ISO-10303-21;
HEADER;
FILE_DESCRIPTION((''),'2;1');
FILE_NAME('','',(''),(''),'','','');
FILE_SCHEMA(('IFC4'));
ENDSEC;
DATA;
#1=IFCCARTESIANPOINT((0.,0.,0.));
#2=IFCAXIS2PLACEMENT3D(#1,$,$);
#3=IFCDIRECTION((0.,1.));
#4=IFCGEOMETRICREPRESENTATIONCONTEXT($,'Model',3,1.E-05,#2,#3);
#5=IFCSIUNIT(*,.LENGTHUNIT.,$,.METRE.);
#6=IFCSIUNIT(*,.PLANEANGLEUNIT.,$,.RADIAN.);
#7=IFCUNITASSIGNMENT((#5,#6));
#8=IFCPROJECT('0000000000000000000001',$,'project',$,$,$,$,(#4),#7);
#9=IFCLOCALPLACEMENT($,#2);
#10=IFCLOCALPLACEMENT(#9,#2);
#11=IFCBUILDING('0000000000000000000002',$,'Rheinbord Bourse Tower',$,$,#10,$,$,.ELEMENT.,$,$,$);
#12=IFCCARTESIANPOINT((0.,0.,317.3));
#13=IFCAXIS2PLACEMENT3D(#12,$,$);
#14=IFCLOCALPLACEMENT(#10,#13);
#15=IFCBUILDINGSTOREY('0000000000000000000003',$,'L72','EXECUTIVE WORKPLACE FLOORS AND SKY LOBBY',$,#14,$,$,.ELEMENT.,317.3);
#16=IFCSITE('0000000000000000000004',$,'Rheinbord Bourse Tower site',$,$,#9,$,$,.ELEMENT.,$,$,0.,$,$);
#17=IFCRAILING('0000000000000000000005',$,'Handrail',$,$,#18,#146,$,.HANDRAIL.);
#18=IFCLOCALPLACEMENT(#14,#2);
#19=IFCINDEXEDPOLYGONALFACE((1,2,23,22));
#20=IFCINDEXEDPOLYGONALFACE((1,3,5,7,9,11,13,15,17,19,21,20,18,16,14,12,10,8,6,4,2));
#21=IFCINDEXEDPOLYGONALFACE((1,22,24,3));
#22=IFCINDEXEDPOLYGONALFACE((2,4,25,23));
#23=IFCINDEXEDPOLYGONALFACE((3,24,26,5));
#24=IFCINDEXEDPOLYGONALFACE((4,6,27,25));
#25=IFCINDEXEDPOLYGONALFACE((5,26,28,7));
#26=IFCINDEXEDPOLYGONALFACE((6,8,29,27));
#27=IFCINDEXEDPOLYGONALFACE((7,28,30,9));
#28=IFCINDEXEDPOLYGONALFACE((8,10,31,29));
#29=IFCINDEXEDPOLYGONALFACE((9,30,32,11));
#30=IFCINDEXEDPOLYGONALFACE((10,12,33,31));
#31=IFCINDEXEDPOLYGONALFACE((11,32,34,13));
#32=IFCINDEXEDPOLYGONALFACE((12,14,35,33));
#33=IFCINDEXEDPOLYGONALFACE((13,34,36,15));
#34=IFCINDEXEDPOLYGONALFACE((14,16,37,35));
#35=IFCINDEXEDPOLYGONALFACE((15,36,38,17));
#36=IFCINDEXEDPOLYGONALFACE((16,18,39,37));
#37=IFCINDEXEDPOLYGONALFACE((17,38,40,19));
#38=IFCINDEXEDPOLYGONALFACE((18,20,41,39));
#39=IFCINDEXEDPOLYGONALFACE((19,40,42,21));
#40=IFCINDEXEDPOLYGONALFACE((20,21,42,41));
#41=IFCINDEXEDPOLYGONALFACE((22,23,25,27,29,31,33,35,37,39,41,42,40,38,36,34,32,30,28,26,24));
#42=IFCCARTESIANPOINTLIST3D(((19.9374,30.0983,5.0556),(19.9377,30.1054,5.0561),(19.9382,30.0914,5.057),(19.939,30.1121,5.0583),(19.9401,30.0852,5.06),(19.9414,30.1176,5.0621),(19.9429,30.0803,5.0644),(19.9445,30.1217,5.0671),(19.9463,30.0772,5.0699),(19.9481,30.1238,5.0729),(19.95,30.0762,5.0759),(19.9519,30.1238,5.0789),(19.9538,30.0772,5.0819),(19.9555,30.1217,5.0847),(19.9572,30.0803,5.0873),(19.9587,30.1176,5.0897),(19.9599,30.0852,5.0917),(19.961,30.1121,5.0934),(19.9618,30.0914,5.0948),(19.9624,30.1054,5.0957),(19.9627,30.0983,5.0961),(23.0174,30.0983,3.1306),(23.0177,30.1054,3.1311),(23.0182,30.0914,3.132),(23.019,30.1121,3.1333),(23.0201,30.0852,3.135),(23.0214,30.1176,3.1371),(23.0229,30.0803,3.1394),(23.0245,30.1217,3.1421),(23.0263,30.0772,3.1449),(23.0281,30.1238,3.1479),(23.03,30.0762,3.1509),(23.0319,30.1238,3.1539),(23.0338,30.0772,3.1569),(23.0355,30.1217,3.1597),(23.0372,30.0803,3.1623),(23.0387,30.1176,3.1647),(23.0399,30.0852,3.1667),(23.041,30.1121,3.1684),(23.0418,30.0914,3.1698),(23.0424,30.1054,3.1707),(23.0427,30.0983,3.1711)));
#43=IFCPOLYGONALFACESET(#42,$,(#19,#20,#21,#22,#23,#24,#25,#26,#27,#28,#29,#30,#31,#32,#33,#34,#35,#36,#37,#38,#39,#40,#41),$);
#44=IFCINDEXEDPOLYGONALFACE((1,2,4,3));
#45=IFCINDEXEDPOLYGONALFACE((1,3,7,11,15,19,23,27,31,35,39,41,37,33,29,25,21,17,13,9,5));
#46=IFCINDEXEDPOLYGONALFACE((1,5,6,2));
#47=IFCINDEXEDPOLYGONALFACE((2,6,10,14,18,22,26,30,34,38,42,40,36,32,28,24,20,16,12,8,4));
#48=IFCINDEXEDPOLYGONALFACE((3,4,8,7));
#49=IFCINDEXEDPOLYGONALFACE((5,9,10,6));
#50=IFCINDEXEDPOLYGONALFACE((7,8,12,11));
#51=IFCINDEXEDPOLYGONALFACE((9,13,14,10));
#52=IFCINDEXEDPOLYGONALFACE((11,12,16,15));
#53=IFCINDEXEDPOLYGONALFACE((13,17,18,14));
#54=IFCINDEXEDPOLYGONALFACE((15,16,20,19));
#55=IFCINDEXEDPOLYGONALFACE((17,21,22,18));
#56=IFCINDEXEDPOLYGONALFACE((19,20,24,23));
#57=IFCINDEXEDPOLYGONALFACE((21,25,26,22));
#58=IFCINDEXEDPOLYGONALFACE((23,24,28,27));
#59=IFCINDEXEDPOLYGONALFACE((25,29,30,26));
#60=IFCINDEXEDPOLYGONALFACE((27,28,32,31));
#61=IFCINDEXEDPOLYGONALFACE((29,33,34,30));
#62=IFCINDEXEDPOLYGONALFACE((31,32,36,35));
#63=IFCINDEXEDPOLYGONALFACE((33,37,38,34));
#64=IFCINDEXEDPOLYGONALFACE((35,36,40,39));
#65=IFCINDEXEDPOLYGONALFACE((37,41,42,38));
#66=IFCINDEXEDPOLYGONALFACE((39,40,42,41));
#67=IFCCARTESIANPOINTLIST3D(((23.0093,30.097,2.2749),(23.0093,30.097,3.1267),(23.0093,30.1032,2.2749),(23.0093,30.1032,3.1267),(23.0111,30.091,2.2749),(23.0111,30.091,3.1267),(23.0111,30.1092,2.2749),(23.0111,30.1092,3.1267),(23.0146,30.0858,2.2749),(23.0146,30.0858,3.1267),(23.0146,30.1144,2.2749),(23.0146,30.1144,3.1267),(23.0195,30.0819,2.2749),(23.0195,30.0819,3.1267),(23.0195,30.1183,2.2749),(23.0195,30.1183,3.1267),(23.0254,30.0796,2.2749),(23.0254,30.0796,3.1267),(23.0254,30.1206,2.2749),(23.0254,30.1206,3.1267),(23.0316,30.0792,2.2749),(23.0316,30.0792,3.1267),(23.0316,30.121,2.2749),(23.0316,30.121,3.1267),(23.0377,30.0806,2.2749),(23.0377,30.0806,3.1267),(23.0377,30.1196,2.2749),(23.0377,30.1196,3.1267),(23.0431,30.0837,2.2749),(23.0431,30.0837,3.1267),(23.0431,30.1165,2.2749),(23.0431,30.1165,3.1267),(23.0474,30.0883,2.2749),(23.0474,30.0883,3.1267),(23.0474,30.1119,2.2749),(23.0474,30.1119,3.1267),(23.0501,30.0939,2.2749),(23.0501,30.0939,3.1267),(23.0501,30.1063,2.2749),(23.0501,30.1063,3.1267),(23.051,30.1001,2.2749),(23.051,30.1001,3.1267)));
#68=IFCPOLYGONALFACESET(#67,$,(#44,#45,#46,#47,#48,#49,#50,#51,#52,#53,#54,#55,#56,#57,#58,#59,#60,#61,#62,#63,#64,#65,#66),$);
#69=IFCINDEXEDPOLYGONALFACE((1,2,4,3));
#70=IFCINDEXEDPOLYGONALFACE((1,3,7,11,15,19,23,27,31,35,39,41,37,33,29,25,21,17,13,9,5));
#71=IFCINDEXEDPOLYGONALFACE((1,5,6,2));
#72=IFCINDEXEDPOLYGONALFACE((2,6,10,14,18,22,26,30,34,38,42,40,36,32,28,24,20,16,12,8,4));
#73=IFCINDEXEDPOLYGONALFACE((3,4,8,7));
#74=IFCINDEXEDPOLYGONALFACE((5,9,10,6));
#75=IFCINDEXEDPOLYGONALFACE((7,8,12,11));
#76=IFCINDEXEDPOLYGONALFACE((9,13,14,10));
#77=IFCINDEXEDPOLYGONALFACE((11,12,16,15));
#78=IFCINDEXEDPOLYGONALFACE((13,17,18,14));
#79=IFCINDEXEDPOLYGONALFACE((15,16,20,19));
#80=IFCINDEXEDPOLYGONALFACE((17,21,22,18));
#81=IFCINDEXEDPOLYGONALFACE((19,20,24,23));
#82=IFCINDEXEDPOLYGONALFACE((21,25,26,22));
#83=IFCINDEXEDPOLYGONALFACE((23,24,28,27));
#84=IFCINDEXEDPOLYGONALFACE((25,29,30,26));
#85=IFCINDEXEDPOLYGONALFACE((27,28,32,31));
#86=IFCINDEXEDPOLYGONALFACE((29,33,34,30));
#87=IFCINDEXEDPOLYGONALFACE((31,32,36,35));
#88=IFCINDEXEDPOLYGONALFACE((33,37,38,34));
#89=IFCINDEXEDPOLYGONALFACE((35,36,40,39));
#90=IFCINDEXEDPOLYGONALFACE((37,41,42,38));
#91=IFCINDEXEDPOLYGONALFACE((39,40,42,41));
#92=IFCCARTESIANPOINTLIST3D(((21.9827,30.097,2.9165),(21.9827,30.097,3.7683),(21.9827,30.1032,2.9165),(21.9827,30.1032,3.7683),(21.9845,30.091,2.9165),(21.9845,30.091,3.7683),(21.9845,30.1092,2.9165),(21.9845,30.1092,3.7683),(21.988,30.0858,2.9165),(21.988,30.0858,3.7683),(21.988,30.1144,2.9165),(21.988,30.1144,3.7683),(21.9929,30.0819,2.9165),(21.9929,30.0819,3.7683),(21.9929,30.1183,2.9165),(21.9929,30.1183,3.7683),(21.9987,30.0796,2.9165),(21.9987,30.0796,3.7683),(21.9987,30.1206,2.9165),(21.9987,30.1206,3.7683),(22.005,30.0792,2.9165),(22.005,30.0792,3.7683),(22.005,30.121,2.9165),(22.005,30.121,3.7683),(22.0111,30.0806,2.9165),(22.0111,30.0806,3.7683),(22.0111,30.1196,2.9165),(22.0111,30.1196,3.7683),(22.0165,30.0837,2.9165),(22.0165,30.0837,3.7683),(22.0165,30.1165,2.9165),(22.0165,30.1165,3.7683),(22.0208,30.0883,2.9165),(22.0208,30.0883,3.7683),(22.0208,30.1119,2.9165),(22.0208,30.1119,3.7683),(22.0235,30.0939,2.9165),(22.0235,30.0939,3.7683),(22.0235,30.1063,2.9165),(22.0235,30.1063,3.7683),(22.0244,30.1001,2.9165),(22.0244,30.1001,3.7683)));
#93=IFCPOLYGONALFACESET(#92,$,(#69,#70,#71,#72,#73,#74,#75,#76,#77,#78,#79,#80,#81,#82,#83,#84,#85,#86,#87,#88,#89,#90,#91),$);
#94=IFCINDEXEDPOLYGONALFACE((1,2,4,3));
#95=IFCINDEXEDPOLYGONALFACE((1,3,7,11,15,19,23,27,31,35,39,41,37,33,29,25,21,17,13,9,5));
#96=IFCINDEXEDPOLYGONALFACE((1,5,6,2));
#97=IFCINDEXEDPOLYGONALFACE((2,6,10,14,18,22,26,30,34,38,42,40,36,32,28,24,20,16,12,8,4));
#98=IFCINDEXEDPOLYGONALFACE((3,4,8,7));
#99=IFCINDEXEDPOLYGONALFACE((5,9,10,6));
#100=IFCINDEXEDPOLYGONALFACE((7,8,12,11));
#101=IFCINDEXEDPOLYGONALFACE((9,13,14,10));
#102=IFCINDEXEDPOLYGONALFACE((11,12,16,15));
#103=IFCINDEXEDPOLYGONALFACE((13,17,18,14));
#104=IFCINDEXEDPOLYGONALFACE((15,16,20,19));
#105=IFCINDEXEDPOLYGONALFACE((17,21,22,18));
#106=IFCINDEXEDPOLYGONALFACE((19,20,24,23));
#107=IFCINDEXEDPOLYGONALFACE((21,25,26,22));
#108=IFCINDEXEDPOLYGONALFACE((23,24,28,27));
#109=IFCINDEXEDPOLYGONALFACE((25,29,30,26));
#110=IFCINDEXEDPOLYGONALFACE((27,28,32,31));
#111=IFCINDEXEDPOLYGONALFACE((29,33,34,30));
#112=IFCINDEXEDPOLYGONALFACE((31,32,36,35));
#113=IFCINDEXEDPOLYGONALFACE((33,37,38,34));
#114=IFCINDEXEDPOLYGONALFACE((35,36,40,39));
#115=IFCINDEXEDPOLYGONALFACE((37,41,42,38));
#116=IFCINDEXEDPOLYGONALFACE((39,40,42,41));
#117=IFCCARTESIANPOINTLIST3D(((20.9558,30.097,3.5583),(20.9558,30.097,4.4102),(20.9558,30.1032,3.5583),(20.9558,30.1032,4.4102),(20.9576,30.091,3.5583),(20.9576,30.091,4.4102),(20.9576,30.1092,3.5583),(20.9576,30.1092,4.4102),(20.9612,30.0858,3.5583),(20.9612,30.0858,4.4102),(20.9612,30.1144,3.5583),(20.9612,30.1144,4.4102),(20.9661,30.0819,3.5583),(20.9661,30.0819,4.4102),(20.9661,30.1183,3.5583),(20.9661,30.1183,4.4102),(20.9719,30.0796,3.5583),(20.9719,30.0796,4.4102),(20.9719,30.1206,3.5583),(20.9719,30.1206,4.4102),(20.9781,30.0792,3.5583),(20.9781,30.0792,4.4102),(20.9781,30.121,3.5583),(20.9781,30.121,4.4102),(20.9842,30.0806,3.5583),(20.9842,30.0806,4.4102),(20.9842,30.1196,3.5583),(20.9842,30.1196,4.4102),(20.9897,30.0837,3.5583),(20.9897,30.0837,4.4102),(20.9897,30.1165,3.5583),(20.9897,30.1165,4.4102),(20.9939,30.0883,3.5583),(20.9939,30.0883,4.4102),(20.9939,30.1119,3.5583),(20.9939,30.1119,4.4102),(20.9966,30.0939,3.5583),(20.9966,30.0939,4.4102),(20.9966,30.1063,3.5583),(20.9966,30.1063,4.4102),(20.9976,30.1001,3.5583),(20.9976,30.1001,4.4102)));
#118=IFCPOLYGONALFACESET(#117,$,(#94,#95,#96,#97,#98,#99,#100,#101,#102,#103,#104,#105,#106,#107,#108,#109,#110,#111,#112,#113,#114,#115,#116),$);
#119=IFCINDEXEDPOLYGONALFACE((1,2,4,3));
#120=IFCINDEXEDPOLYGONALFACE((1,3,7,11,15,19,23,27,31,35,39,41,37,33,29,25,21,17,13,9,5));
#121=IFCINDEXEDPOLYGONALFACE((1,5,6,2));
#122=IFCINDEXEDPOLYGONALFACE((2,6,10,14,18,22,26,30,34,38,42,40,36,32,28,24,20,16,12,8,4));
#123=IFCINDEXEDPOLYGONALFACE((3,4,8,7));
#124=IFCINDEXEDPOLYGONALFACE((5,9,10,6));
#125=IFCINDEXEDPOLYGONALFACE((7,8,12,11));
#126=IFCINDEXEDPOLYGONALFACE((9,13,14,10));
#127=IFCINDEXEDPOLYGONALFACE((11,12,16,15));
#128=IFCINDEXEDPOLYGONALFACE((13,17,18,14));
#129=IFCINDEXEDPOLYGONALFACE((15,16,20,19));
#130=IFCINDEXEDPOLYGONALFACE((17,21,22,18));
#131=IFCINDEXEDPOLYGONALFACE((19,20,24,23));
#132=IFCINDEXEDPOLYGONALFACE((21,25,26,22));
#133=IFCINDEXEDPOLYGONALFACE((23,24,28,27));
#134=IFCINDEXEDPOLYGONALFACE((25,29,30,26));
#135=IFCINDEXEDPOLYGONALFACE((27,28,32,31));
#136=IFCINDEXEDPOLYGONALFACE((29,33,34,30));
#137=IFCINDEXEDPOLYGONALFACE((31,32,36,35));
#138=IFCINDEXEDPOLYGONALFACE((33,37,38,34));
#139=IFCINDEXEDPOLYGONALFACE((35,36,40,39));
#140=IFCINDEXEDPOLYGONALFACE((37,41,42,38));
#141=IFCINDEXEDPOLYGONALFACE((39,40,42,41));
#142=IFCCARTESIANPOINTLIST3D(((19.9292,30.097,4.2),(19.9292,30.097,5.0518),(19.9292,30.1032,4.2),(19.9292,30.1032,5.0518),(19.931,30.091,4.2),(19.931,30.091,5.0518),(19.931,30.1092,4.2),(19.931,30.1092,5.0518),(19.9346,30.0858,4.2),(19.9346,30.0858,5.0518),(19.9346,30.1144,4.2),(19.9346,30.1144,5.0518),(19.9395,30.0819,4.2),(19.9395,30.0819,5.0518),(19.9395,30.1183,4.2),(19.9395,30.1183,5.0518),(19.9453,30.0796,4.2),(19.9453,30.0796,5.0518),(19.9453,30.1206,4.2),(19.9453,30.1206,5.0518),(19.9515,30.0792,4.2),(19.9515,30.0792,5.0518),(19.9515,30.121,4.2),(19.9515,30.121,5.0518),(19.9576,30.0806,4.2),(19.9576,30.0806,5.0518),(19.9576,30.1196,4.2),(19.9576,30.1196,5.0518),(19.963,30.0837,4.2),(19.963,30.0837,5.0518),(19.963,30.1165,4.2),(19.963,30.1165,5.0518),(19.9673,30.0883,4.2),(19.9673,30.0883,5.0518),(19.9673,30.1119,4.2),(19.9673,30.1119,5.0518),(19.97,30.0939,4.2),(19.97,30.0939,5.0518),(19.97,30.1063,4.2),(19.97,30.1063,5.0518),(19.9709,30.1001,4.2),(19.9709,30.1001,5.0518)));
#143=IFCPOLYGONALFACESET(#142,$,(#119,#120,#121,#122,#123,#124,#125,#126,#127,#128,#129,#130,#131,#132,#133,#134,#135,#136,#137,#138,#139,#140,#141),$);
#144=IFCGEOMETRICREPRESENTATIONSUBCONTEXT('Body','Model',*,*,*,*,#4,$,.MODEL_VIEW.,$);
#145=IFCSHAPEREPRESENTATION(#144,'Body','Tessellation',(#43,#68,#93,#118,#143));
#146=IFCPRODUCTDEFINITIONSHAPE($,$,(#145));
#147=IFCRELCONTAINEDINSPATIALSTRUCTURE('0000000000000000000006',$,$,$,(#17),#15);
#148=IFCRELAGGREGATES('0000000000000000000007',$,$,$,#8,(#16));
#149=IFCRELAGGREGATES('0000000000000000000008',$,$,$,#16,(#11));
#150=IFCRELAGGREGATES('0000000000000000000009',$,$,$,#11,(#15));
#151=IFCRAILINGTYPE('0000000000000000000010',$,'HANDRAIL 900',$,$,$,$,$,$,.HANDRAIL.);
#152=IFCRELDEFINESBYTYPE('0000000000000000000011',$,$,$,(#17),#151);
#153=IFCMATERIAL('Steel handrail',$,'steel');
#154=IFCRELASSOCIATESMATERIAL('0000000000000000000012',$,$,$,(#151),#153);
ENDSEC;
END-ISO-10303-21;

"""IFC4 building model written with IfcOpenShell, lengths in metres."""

from ifc_helpers import new_model, si_unit, direction, frame, origin, origin_2d, place, context, subcontext, project, spatial, circle, extrude, material, type_object, element, save


model = new_model("IFC4")

# Units and contexts
model_context = context("Model", 3, precision=1e-05, world=origin(), true_north=direction((0.0, 1.0)))
body_context = subcontext(model_context, "Body", "Model", "MODEL_VIEW")
ifc_project = project(units=[si_unit("LENGTHUNIT", "METRE"), si_unit("PLANEANGLEUNIT", "RADIAN")], contexts=[model_context])

# Site, building, storey
site_placement = place(None, origin())
site = spatial("IfcSite", under=ifc_project, at=site_placement, Name="Rheinbord Bourse Tower site", CompositionType="ELEMENT", RefElevation=0.0)
building_placement = place(site_placement, origin())
building = spatial("IfcBuilding", under=site, at=building_placement, Name="Rheinbord Bourse Tower", CompositionType="ELEMENT")
storey_placement = place(building_placement, frame((0.0, 0.0, 317.3)))
storey = spatial("IfcBuildingStorey", under=building, at=storey_placement, Name="L72", Description="EXECUTIVE WORKPLACE FLOORS AND SKY LOBBY", CompositionType="ELEMENT", Elevation=317.3)

# Railing
ifc_material_1 = material(Name="Steel handrail", Category="steel")
railing_type = type_object("IfcRailingType", Name="HANDRAIL 900", PredefinedType="HANDRAIL", material=ifc_material_1)
railing_1_placement = place(storey_placement, frame((23.03, 30.1001, 2.2749)))
element("IfcRailing", 1, at=railing_1_placement, inside=storey, type_object=railing_type, Name="Handrail", PredefinedType="HANDRAIL", context=body_context, shape_type="SweptSolid", body=[
    extrude(circle(Radius=0.0239, at=origin_2d()), frame((0.0, 0.0, 0.876), z_axis=(-0.847998, 0.0, 0.529999), x_axis=(0.0, -1.0, 0.0)), (0.0, 0.0, 1.0), 3.6321),
    extrude(circle(Radius=0.021, at=origin_2d()), origin(), (0.0, 0.0, 1.0), 0.8518),
    extrude(circle(Radius=0.021, at=origin_2d()), frame((-1.0266, 0.0, 0.6416)), (0.0, 0.0, 1.0), 0.8518),
    extrude(circle(Radius=0.021, at=origin_2d()), frame((-2.0535, 0.0, 1.2834)), (0.0, 0.0, 1.0), 0.8518),
    extrude(circle(Radius=0.021, at=origin_2d()), frame((-3.0801, 0.0, 1.925)), (0.0, 0.0, 1.0), 0.8518),
])

save(model, "model.ifc")
